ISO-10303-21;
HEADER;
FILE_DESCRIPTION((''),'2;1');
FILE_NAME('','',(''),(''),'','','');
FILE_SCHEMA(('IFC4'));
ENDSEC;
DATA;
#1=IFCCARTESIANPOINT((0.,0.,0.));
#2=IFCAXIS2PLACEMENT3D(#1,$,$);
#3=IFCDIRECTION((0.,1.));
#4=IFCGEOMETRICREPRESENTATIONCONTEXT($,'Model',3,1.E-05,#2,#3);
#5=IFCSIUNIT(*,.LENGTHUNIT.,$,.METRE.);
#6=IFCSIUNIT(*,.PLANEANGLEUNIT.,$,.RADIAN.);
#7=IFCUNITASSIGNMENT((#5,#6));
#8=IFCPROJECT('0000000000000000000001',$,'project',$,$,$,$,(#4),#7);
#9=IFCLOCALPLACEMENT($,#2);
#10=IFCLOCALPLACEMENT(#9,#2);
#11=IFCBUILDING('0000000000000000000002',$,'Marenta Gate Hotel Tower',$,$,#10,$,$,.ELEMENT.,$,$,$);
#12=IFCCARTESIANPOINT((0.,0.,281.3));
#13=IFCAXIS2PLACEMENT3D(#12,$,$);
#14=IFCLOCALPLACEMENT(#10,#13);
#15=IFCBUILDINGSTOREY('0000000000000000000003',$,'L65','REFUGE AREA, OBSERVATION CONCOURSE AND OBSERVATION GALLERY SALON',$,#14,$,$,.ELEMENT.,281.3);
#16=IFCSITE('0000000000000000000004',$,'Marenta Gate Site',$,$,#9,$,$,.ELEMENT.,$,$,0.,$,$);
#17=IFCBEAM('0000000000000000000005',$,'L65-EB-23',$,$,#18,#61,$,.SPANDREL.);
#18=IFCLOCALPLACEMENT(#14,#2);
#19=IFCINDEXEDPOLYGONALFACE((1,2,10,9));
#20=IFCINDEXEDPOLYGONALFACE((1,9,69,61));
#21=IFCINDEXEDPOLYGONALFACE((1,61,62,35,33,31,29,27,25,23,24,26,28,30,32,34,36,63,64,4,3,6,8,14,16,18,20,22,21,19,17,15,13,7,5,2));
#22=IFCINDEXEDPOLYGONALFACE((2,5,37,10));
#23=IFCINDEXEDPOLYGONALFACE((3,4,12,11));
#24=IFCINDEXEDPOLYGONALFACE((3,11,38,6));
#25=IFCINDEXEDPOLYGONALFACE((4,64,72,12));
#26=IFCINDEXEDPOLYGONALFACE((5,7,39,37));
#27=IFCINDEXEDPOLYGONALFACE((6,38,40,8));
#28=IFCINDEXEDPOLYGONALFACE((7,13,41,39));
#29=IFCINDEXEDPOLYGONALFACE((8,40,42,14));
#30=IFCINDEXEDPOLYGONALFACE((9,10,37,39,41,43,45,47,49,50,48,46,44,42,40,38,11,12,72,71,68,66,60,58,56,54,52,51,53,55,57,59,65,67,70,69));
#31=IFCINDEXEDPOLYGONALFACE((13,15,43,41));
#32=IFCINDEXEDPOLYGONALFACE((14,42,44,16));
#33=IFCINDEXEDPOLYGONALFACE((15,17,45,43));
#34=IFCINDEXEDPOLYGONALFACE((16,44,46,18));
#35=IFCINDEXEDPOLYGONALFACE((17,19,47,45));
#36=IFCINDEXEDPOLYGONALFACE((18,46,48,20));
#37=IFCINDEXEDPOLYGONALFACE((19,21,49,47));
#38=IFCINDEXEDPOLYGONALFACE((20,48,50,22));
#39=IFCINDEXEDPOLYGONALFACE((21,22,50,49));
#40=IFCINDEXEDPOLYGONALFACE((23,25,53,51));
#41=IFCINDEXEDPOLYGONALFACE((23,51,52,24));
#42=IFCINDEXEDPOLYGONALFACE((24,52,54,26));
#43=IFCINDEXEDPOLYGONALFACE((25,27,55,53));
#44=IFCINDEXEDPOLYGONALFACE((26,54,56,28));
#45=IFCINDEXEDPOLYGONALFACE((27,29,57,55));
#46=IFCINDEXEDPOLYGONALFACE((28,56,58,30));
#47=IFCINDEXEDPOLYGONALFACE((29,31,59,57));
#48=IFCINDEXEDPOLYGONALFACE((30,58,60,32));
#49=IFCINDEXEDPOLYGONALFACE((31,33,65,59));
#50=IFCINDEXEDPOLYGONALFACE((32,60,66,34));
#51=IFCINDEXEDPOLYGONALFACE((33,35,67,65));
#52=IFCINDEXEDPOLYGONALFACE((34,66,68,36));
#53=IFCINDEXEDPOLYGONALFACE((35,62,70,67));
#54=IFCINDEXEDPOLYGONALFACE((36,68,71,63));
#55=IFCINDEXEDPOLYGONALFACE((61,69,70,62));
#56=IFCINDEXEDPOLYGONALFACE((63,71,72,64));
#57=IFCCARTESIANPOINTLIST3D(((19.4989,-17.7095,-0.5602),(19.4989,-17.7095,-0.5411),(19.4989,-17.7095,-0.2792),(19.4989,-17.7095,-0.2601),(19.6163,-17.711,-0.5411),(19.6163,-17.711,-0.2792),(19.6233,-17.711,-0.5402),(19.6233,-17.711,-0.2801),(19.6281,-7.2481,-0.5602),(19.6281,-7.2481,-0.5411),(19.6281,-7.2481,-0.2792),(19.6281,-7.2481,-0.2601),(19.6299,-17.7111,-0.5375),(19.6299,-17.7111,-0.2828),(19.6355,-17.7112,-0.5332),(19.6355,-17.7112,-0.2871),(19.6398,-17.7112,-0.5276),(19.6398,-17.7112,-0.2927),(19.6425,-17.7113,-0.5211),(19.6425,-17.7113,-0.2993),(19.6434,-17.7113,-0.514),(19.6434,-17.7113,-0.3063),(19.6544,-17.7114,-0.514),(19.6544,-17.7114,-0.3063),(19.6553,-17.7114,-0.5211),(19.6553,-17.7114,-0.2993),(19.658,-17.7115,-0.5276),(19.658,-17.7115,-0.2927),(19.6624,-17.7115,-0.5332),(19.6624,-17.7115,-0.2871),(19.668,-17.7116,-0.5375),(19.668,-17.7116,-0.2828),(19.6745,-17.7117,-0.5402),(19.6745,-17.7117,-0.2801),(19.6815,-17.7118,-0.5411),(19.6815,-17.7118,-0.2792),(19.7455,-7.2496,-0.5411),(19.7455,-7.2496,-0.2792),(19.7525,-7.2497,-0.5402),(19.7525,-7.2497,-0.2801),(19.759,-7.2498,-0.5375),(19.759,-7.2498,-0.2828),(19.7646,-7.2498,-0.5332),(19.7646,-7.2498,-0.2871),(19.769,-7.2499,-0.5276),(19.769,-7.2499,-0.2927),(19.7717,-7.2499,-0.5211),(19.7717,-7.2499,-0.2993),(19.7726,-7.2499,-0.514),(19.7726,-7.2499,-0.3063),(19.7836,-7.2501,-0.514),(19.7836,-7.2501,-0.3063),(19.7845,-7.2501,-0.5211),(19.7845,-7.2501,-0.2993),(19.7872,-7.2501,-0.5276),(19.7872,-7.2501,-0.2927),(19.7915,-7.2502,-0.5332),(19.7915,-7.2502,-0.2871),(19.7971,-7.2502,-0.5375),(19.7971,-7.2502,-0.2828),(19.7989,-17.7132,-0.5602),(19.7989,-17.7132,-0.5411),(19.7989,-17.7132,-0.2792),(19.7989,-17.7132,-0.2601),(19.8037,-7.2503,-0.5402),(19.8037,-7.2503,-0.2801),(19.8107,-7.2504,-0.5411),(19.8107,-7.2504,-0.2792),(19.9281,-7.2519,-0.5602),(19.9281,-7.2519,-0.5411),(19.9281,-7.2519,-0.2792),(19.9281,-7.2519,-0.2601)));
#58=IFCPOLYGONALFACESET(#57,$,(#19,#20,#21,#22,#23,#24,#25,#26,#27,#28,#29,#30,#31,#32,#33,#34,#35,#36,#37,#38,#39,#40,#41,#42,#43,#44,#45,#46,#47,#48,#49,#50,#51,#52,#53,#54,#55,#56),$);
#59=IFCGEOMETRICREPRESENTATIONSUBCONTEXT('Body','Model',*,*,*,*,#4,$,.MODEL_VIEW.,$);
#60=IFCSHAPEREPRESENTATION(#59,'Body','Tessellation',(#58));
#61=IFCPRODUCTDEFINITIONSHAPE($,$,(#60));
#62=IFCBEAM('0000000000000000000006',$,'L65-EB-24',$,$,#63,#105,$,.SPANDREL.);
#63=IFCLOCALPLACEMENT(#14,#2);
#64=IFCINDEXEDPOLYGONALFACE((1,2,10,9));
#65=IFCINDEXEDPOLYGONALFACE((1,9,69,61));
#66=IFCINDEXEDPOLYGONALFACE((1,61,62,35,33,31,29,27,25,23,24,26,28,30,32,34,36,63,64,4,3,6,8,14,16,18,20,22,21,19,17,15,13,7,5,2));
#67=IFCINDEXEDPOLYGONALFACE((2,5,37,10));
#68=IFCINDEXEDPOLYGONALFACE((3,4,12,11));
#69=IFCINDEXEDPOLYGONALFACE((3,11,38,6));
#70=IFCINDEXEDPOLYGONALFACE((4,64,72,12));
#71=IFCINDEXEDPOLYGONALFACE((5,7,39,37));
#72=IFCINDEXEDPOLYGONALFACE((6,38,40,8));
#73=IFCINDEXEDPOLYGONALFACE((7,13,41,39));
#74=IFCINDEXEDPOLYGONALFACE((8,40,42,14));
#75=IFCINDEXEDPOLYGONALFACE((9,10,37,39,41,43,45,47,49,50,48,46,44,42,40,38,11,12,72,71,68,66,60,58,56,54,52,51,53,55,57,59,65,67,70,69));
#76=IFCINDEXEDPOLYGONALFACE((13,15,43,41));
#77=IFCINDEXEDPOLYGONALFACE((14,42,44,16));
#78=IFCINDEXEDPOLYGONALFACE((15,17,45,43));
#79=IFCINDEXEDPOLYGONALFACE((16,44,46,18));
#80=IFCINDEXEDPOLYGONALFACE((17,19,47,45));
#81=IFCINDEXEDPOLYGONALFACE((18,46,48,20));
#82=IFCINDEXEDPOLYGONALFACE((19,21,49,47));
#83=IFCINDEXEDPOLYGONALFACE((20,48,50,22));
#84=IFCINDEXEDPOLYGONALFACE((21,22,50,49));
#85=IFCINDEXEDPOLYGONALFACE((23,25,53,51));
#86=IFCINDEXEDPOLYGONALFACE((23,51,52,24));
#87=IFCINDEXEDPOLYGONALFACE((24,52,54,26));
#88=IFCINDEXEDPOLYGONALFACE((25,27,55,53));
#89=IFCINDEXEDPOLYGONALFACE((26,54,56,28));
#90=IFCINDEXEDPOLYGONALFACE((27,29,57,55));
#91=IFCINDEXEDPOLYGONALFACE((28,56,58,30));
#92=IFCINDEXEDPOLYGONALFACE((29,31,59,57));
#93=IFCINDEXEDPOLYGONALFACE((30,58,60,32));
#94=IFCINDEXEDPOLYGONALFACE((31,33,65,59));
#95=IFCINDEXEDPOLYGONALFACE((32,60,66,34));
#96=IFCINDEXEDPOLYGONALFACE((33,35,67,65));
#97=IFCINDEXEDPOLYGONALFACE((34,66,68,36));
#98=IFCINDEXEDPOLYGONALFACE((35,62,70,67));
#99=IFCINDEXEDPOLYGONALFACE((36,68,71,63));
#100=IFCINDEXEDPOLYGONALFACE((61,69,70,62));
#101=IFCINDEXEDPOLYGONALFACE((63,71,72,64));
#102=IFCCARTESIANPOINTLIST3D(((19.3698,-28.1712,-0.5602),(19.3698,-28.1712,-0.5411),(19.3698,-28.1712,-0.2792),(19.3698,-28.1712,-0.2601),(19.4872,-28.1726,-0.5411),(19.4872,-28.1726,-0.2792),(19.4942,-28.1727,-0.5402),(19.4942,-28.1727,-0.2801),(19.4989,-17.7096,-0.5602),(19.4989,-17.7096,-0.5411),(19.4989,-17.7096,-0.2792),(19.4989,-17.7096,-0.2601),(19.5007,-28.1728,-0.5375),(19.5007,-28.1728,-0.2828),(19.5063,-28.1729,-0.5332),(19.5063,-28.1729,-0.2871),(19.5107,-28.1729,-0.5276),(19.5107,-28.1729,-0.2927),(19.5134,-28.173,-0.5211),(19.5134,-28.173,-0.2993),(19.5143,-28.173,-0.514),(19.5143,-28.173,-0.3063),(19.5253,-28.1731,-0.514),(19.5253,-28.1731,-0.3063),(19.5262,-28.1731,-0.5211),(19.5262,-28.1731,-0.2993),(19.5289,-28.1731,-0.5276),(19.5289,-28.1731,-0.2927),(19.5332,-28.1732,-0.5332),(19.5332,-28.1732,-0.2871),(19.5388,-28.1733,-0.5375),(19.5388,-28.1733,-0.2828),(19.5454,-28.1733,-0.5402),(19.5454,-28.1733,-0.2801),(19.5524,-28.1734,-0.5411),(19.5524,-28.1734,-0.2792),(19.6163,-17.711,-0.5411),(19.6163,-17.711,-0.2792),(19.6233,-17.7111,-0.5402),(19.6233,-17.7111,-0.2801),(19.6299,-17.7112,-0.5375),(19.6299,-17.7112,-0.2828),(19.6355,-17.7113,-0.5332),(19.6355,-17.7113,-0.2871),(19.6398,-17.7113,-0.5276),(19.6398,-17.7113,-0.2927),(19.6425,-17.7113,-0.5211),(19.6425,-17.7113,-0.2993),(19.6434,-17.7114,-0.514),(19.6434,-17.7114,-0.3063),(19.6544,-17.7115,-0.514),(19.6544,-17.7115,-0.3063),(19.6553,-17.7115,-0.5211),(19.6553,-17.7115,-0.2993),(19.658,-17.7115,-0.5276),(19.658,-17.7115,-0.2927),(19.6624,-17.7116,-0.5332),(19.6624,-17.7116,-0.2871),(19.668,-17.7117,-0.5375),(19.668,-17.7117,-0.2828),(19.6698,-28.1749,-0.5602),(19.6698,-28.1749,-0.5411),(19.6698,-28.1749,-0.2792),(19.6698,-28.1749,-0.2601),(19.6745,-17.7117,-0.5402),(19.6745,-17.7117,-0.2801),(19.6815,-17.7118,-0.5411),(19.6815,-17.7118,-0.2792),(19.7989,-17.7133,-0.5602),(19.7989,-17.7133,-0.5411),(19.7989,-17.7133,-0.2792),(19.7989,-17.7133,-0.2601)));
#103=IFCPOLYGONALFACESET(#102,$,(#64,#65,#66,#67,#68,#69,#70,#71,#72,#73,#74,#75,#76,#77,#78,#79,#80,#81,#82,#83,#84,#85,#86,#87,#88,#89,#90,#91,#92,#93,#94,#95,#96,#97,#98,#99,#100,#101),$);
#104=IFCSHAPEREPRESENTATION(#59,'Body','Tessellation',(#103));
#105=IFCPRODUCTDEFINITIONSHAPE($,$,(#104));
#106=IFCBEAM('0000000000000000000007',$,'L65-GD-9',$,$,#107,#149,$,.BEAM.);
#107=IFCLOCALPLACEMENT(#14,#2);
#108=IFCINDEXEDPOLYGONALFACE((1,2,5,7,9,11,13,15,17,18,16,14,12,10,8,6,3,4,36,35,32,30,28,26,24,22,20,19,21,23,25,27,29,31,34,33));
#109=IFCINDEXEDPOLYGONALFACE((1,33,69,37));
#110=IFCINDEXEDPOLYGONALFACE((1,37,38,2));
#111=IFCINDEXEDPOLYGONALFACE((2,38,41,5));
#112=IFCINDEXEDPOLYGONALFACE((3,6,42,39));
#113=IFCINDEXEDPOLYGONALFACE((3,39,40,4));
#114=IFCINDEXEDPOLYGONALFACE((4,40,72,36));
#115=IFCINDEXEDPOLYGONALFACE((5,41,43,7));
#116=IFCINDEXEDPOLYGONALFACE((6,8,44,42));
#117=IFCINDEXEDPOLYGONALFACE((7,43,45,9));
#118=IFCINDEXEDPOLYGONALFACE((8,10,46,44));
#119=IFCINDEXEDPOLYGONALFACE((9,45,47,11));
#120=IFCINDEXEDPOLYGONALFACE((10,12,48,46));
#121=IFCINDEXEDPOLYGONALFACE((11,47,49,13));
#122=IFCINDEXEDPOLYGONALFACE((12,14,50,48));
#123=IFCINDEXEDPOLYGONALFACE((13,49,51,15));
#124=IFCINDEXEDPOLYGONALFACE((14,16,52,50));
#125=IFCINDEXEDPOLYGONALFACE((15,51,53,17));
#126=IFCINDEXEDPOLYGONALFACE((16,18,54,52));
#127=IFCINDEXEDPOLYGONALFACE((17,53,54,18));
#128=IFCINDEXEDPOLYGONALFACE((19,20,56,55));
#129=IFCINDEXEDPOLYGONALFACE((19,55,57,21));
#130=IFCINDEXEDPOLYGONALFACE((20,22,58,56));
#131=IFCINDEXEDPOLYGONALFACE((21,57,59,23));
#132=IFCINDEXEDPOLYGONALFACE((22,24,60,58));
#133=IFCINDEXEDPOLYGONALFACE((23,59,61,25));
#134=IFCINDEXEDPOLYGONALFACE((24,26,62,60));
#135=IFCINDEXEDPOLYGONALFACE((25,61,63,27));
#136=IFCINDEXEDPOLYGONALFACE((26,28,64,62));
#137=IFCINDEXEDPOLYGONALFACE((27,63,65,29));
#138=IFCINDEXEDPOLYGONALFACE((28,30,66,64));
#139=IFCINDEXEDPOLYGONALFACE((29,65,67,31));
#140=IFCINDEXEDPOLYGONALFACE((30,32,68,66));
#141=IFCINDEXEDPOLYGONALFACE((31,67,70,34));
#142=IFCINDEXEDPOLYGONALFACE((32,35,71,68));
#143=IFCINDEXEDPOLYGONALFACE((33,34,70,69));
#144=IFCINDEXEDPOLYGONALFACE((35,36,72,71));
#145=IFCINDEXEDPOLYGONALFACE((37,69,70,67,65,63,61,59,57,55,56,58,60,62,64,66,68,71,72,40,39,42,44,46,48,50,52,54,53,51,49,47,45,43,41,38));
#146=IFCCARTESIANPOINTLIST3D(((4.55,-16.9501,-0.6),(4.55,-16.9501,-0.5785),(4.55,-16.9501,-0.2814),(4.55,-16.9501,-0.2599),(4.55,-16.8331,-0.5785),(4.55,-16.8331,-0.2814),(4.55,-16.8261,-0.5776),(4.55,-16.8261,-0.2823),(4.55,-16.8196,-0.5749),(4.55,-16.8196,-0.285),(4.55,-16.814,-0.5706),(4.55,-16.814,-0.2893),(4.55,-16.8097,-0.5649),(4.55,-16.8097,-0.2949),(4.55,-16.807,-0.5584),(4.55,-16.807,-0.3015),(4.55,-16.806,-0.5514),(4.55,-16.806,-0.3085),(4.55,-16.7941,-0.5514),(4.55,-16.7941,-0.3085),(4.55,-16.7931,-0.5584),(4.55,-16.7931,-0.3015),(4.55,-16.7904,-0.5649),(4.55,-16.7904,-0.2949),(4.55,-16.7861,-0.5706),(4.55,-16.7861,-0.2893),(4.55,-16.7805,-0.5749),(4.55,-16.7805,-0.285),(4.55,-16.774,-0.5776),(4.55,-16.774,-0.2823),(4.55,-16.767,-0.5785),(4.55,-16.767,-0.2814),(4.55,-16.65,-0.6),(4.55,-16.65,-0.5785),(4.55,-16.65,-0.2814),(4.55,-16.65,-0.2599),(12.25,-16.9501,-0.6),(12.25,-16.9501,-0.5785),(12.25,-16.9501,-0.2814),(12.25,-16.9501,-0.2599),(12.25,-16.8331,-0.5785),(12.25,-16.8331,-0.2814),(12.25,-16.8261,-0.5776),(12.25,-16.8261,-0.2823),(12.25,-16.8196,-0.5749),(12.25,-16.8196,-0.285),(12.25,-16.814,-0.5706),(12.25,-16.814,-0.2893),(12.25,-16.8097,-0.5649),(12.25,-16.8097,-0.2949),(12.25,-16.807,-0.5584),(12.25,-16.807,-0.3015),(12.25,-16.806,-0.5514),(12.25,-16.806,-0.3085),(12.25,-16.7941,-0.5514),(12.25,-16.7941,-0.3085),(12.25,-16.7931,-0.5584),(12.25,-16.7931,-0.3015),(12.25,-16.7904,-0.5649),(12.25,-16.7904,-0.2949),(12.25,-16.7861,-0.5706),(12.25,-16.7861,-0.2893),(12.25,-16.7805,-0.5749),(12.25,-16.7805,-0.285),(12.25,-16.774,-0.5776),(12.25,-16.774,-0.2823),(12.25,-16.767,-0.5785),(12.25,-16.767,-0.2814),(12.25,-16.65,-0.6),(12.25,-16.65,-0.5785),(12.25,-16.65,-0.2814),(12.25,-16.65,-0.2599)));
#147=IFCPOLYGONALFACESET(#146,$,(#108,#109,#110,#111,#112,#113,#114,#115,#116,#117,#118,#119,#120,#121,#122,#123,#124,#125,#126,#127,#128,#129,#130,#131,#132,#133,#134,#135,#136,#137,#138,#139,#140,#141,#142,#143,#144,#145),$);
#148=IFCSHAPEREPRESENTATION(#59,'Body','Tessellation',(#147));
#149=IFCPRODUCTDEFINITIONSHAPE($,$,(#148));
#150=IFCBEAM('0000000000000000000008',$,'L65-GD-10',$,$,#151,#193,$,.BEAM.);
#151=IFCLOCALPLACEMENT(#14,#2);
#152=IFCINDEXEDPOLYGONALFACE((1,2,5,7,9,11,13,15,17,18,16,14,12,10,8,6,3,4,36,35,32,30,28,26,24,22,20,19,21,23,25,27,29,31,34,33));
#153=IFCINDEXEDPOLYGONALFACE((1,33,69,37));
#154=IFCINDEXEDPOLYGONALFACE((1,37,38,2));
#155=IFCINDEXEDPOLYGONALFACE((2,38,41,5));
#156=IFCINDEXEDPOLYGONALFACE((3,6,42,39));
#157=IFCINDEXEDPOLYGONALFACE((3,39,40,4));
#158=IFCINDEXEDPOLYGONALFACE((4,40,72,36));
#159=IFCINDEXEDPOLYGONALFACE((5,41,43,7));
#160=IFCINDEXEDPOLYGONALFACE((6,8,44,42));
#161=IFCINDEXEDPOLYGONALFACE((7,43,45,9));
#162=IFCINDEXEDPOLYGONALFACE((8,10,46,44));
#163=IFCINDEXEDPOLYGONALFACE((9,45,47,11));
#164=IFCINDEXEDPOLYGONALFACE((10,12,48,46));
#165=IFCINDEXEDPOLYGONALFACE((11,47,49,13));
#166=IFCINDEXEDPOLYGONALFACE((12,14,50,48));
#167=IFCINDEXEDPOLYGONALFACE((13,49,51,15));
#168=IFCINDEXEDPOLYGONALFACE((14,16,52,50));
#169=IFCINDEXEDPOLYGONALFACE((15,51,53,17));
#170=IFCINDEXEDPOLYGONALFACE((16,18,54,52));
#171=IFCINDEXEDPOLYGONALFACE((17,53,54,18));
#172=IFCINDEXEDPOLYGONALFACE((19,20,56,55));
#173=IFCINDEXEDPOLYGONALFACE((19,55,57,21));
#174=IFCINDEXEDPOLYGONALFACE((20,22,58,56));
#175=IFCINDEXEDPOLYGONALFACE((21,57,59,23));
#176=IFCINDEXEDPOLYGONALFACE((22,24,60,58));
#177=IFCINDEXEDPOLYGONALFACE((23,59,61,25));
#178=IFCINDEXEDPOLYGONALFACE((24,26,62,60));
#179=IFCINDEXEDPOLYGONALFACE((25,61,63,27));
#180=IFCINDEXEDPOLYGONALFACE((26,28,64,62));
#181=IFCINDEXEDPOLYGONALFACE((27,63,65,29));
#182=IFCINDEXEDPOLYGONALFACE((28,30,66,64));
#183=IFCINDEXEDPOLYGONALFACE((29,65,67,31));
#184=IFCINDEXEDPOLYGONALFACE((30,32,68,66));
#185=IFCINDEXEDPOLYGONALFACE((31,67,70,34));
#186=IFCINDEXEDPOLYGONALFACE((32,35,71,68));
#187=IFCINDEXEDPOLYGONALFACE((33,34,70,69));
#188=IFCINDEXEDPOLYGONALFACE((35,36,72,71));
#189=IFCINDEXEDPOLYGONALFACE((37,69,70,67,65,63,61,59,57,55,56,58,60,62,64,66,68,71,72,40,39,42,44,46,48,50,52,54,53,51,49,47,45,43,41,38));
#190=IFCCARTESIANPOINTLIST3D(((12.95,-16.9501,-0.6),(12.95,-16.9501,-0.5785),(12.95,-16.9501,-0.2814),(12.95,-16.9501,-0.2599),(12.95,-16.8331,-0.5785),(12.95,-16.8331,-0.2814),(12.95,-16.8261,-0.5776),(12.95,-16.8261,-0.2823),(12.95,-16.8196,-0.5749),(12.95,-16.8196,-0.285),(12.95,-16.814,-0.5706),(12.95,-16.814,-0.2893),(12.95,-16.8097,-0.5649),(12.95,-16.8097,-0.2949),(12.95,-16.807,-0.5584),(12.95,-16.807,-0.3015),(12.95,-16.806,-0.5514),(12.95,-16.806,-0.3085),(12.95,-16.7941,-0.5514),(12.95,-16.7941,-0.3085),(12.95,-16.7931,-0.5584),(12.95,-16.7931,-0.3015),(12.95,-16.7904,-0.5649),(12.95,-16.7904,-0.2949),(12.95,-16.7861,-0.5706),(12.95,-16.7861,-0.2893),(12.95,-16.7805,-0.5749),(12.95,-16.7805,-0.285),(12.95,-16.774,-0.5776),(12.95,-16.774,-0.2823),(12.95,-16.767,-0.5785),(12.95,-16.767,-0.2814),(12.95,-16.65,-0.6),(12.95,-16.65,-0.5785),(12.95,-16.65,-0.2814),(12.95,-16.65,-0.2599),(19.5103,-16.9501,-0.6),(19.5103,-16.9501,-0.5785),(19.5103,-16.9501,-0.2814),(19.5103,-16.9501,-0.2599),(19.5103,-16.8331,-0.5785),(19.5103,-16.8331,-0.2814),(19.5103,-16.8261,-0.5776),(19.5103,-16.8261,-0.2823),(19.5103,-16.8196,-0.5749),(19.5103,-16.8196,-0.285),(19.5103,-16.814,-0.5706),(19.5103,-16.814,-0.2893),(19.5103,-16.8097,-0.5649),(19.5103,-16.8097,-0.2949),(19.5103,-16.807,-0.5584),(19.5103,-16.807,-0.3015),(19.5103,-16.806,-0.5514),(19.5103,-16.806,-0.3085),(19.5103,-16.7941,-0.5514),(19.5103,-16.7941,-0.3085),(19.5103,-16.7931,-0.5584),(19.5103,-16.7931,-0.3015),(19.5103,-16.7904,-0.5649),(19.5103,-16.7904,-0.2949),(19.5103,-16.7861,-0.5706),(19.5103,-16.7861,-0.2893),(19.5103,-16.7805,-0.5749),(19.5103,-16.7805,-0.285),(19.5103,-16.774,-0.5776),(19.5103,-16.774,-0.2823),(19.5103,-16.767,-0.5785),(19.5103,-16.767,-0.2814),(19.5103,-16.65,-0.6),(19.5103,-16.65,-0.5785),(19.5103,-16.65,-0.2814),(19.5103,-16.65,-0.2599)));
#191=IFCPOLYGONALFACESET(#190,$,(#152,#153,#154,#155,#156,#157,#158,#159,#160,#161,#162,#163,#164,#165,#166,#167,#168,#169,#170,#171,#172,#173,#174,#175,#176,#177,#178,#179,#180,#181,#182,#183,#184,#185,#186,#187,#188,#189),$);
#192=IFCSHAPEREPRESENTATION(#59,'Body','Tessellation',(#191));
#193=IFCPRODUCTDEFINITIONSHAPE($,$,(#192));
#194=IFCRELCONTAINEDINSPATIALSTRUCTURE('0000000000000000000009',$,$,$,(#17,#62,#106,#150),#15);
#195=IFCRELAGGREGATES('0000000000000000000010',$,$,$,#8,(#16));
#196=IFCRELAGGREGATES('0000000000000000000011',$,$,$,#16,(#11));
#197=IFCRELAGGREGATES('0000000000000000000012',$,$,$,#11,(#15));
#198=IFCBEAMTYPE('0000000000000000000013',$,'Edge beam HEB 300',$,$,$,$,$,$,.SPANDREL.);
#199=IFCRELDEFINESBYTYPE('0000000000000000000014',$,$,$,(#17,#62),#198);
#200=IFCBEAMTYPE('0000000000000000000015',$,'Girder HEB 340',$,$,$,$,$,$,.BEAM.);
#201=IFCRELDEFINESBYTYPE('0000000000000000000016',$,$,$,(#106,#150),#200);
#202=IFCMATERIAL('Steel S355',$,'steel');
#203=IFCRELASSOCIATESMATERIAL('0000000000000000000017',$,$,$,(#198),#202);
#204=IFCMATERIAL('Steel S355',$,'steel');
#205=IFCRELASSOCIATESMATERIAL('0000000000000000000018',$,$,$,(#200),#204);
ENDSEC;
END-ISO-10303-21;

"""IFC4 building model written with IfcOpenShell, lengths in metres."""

from ifc_helpers import new_model, si_unit, direction, frame, origin, origin_2d, place, context, subcontext, project, spatial, i_section, extrude, material, material_profile, profile_set, type_object, element, save


model = new_model("IFC4")

# Units and contexts
model_context = context("Model", 3, precision=1e-05, world=origin(), true_north=direction((0.0, 1.0)))
body_context = subcontext(model_context, "Body", "Model", "MODEL_VIEW")
ifc_project = project(units=[si_unit("LENGTHUNIT", "METRE"), si_unit("PLANEANGLEUNIT", "RADIAN")], contexts=[model_context])

# Site, building, storey
site_placement = place(None, origin())
site = spatial("IfcSite", under=ifc_project, at=site_placement, Name="Marenta Gate Site", CompositionType="ELEMENT", RefElevation=0.0)
building_placement = place(site_placement, origin())
building = spatial("IfcBuilding", under=site, at=building_placement, Name="Marenta Gate Hotel Tower", CompositionType="ELEMENT")
storey_placement = place(building_placement, frame((0.0, 0.0, 281.3)))
storey = spatial("IfcBuildingStorey", under=building, at=storey_placement, Name="L65", Description="REFUGE AREA, OBSERVATION CONCOURSE AND OBSERVATION GALLERY SALON", CompositionType="ELEMENT", Elevation=281.3)

# Beams
ifc_material_1 = material(Name="Steel S355", Category="steel")
ifc_material_profile_1 = material_profile(ifc_material_1, i_section(OverallWidth=0.3, OverallDepth=0.3, WebThickness=0.011, FlangeThickness=0.019, FilletRadius=0.0271, at=origin_2d()), Name="HEB 300")
ifc_profile_set_1 = profile_set([ifc_material_profile_1], Name="Steel S355")
beam_type_1 = type_object("IfcBeamType", Name="Edge beam HEB 300", PredefinedType="SPANDREL", material=ifc_profile_set_1)
beam_1_placement = place(storey_placement, frame((19.7781, -7.25, -0.4102), z_axis=(-0.012344, -0.999924, 0.0), x_axis=(0.999924, -0.012344, 0.0)))
element("IfcBeam", 1, at=beam_1_placement, inside=storey, type_object=beam_type_1, Name="L65-EB-23", PredefinedType="SPANDREL", context=body_context, shape_type="SweptSolid", body=[
    extrude(i_section(OverallWidth=0.3, OverallDepth=0.3, WebThickness=0.011, FlangeThickness=0.019, FilletRadius=0.0271, at=origin_2d()), origin(), (0.0, 0.0, 1.0), 10.4622),
])
beam_2_placement = place(storey_placement, frame((19.6489, -17.7114, -0.4102), z_axis=(-0.012344, -0.999924, 0.0), x_axis=(0.999924, -0.012344, 0.0)))
element("IfcBeam", 2, at=beam_2_placement, inside=storey, type_object=beam_type_1, Name="L65-EB-24", PredefinedType="SPANDREL", context=body_context, shape_type="SweptSolid", body=[
    extrude(i_section(OverallWidth=0.3, OverallDepth=0.3, WebThickness=0.011, FlangeThickness=0.019, FilletRadius=0.0271, at=origin_2d()), origin(), (0.0, 0.0, 1.0), 10.4624),
])
ifc_material_2 = material(Name="Steel S355", Category="steel")
ifc_material_profile_2 = material_profile(ifc_material_2, i_section(OverallWidth=0.3, OverallDepth=0.3401, WebThickness=0.012, FlangeThickness=0.0215, FilletRadius=0.0271, at=origin_2d()), Name="HEB 340")
ifc_profile_set_2 = profile_set([ifc_material_profile_2], Name="Steel S355")
beam_type_2 = type_object("IfcBeamType", Name="Girder HEB 340", PredefinedType="BEAM", material=ifc_profile_set_2)
beam_3_placement = place(storey_placement, frame((4.55, -16.8, -0.4299), z_axis=(1.0, 0.0, 0.0), x_axis=(0.0, 1.0, 0.0)))
element("IfcBeam", 3, at=beam_3_placement, inside=storey, type_object=beam_type_2, Name="L65-GD-9", PredefinedType="BEAM", context=body_context, shape_type="SweptSolid", body=[
    extrude(i_section(OverallWidth=0.3, OverallDepth=0.3401, WebThickness=0.012, FlangeThickness=0.0215, FilletRadius=0.0271, at=origin_2d()), origin(), (0.0, 0.0, 1.0), 7.7),
])
beam_4_placement = place(storey_placement, frame((12.95, -16.8, -0.4299), z_axis=(1.0, 0.0, 0.0), x_axis=(0.0, 1.0, 0.0)))
element("IfcBeam", 4, at=beam_4_placement, inside=storey, type_object=beam_type_2, Name="L65-GD-10", PredefinedType="BEAM", context=body_context, shape_type="SweptSolid", body=[
    extrude(i_section(OverallWidth=0.3, OverallDepth=0.3401, WebThickness=0.012, FlangeThickness=0.0215, FilletRadius=0.0271, at=origin_2d()), origin(), (0.0, 0.0, 1.0), 6.5603),
])

save(model, "model.ifc")
